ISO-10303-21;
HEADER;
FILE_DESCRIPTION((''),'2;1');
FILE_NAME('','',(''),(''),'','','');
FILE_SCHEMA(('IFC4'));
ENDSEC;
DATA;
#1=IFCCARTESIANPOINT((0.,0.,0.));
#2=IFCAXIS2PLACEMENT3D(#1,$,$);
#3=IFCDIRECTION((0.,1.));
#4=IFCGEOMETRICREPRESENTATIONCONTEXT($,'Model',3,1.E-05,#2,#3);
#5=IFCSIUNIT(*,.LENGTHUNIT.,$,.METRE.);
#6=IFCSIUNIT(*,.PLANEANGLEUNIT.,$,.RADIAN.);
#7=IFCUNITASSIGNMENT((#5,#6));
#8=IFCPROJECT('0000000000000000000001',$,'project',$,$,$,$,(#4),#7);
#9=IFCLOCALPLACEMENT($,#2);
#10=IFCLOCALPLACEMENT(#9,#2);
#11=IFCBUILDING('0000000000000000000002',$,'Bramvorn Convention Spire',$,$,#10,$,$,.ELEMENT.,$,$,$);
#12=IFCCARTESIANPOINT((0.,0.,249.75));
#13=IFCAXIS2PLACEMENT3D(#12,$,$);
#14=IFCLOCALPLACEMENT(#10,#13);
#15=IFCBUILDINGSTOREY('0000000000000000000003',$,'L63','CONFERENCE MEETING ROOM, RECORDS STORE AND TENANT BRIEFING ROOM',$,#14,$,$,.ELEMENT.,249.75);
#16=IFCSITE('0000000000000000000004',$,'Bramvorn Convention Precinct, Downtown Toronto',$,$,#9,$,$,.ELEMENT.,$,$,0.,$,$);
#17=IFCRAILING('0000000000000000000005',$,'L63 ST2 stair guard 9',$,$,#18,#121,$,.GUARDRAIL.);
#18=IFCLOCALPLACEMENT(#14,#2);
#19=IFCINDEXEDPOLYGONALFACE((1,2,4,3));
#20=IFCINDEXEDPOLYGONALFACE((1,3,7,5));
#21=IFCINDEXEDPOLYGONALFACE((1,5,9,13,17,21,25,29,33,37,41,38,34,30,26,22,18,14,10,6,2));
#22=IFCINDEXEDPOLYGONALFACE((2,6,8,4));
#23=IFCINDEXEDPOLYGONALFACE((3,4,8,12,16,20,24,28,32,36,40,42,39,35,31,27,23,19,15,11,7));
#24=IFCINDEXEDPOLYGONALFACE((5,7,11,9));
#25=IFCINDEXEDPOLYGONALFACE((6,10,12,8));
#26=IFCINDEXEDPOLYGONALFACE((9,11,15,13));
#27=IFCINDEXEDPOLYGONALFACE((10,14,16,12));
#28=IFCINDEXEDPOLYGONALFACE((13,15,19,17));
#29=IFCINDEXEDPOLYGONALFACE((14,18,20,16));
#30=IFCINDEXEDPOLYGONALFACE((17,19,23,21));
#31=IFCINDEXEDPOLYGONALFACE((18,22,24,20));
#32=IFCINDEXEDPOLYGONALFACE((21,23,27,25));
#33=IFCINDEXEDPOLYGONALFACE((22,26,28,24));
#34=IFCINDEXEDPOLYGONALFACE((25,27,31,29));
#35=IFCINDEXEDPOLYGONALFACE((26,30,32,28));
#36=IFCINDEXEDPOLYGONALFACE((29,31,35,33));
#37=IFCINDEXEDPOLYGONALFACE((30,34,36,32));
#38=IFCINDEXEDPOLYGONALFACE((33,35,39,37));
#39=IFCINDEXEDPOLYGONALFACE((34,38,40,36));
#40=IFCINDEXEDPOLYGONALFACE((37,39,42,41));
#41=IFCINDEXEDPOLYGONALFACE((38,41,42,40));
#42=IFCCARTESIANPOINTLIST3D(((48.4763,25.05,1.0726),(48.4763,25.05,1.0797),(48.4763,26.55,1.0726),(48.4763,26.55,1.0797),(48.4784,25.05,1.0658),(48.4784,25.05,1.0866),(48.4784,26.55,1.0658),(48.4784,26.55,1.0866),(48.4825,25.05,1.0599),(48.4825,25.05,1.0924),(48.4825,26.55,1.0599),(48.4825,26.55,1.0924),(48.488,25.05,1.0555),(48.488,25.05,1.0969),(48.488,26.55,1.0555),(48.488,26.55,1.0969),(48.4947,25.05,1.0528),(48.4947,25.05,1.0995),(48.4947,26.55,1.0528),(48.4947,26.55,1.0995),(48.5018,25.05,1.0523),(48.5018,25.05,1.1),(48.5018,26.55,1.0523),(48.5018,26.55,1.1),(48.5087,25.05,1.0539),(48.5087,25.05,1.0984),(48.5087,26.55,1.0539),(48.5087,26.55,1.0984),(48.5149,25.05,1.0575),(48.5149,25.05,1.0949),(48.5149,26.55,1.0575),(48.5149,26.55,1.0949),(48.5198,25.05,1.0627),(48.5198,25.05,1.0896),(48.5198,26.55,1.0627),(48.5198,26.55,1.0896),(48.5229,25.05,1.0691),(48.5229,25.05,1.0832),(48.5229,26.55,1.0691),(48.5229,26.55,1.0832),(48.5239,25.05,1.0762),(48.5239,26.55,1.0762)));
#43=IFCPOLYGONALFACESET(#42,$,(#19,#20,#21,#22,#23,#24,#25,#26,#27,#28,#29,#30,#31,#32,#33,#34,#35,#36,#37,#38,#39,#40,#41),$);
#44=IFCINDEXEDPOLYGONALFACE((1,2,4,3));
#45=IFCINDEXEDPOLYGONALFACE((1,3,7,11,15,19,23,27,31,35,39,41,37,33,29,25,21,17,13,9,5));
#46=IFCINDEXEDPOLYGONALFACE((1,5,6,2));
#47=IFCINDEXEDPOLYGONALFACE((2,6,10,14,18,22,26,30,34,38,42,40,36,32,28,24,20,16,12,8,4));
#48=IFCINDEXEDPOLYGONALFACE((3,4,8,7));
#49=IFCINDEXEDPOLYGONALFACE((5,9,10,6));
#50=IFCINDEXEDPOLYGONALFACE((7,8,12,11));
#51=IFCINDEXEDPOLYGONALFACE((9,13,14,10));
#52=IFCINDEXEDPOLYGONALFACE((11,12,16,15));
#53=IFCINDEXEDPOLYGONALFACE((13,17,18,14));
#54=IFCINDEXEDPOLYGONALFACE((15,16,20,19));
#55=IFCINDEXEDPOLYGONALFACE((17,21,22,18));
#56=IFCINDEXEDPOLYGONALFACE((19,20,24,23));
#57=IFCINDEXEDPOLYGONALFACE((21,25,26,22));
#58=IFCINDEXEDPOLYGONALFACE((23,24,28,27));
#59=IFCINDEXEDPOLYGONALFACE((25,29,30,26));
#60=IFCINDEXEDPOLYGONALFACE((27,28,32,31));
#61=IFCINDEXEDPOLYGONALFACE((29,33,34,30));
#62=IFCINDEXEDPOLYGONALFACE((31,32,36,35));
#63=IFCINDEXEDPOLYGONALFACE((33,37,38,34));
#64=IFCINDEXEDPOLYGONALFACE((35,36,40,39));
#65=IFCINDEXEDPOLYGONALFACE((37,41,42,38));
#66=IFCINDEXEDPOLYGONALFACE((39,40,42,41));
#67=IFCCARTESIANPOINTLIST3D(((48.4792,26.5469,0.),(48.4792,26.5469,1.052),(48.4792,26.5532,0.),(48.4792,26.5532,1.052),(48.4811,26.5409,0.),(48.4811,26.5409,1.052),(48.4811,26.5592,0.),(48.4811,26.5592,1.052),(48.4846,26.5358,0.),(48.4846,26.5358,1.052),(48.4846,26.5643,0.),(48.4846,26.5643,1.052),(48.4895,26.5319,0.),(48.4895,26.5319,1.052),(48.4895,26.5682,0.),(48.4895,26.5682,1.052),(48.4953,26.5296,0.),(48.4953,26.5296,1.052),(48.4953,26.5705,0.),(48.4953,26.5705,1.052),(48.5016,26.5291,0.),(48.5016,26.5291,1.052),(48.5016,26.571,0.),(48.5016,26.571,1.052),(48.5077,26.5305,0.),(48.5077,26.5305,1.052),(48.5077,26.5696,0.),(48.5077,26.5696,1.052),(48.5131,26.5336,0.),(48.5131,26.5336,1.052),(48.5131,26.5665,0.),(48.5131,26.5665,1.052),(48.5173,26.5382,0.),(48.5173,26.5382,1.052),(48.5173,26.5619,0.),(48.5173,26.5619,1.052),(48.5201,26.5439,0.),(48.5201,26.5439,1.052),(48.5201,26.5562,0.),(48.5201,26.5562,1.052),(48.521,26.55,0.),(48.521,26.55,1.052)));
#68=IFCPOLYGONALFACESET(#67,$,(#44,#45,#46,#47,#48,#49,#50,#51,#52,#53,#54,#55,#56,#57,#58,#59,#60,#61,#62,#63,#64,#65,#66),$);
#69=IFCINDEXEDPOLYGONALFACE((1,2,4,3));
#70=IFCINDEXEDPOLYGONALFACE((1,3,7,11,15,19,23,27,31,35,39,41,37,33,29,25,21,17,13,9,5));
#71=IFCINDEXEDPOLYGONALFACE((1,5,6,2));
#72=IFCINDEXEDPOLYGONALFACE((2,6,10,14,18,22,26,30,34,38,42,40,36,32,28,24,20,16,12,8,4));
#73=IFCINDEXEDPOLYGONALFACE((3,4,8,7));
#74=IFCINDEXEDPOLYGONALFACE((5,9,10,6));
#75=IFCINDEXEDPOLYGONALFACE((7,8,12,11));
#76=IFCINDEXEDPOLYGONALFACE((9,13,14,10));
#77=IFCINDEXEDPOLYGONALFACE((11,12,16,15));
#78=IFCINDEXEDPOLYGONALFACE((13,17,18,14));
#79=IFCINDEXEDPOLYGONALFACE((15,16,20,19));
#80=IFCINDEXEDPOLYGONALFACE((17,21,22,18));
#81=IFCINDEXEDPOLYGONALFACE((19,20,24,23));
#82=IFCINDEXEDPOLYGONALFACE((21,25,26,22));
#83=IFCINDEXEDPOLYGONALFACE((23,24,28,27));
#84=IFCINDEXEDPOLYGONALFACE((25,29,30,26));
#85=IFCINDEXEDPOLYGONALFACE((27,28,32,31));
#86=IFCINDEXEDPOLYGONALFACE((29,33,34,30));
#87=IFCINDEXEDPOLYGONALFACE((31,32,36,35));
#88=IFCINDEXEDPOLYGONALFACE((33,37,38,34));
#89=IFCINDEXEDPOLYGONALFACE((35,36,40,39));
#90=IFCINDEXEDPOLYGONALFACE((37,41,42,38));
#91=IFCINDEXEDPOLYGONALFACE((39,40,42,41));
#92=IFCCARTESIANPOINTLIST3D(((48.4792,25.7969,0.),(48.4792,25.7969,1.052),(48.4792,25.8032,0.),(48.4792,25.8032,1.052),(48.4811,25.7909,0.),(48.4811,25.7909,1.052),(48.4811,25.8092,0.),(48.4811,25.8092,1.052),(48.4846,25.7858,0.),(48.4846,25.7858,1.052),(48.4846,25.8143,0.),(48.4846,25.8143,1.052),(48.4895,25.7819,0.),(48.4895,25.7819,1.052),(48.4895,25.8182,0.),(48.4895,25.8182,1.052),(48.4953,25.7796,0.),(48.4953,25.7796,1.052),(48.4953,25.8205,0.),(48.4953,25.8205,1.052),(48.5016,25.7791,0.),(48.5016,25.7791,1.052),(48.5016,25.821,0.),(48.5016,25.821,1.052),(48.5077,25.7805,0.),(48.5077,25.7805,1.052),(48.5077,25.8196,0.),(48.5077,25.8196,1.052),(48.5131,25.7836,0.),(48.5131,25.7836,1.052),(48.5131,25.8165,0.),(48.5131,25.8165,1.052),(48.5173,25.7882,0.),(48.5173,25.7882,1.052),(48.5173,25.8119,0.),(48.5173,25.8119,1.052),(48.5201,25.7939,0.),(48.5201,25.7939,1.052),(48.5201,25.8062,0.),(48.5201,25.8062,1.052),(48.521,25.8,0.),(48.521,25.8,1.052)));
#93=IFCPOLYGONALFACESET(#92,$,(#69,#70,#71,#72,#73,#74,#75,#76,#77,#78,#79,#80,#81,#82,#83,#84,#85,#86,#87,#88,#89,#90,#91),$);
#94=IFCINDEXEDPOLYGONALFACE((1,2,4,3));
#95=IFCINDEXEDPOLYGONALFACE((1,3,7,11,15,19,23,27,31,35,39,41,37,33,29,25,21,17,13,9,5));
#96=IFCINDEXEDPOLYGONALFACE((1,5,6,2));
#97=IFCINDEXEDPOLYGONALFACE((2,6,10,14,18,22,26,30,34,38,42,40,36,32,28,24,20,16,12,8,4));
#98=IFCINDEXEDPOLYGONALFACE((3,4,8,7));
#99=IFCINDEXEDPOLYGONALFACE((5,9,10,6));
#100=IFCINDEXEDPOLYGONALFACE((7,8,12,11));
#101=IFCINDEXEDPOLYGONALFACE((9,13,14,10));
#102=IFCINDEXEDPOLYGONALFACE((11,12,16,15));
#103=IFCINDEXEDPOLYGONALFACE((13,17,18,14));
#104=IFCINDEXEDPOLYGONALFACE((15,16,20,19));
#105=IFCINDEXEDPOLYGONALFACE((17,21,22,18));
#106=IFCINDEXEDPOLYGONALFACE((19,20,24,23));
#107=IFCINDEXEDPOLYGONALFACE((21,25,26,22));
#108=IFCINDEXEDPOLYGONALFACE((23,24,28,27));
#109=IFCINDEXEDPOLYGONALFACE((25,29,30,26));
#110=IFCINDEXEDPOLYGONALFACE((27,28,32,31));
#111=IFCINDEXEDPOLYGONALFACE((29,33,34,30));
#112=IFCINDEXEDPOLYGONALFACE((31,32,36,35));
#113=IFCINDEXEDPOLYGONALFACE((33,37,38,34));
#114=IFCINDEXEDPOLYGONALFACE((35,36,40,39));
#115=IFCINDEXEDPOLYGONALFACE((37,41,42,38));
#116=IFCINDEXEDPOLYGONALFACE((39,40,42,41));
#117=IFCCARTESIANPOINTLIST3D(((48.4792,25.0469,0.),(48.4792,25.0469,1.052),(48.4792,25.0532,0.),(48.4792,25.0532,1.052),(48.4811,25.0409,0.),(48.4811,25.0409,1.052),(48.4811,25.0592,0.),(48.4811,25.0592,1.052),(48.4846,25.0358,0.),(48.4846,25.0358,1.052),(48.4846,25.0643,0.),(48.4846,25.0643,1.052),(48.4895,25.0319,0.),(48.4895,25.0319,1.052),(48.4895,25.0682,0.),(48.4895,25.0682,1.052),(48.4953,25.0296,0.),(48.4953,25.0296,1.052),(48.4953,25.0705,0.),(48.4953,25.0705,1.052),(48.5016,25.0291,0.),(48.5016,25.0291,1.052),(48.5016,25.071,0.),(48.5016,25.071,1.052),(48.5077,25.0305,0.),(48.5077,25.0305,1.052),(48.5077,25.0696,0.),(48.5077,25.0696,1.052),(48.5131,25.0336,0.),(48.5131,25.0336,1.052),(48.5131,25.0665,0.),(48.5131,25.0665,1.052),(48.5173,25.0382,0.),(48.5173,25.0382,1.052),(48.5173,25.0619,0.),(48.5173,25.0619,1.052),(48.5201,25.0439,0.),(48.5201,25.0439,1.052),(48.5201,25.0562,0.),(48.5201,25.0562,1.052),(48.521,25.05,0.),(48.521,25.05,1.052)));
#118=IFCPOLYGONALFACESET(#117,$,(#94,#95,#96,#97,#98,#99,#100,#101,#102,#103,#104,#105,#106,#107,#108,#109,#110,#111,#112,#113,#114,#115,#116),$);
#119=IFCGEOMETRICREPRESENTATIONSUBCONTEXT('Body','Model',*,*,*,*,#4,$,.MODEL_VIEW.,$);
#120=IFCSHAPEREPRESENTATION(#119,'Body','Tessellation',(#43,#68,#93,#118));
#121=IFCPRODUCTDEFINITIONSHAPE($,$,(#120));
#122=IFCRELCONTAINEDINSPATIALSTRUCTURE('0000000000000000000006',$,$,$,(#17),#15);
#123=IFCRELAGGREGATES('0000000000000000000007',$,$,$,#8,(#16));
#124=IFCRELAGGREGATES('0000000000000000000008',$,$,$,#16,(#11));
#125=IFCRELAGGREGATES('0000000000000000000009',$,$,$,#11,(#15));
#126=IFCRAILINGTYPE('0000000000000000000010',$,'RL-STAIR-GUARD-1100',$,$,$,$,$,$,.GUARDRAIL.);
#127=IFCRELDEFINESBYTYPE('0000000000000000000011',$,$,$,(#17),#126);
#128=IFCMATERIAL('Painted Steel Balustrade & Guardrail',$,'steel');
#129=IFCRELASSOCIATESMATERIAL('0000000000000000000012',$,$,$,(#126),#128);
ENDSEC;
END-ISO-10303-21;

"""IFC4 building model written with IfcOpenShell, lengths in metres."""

from ifc_helpers import new_model, si_unit, direction, frame, origin, origin_2d, place, context, subcontext, project, spatial, circle, extrude, material, type_object, element, save


model = new_model("IFC4")

# Units and contexts
model_context = context("Model", 3, precision=1e-05, world=origin(), true_north=direction((0.0, 1.0)))
body_context = subcontext(model_context, "Body", "Model", "MODEL_VIEW")
ifc_project = project(units=[si_unit("LENGTHUNIT", "METRE"), si_unit("PLANEANGLEUNIT", "RADIAN")], contexts=[model_context])

# Site, building, storey
site_placement = place(None, origin())
site = spatial("IfcSite", under=ifc_project, at=site_placement, Name="Bramvorn Convention Precinct, Downtown Toronto", CompositionType="ELEMENT", RefElevation=0.0)
building_placement = place(site_placement, origin())
building = spatial("IfcBuilding", under=site, at=building_placement, Name="Bramvorn Convention Spire", CompositionType="ELEMENT")
storey_placement = place(building_placement, frame((0.0, 0.0, 249.75)))
storey = spatial("IfcBuildingStorey", under=building, at=storey_placement, Name="L63", Description="CONFERENCE MEETING ROOM, RECORDS STORE AND TENANT BRIEFING ROOM", CompositionType="ELEMENT", Elevation=249.75)

# Railing
ifc_material_1 = material(Name="Painted Steel Balustrade & Guardrail", Category="steel")
railing_type_1 = type_object("IfcRailingType", Name="RL-STAIR-GUARD-1100", PredefinedType="GUARDRAIL", material=ifc_material_1)
railing_1_placement = place(storey_placement, frame((48.5, 26.55, 0.0)))
element("IfcRailing", 1, at=railing_1_placement, inside=storey, type_object=railing_type_1, Name="L63 ST2 stair guard 9", PredefinedType="GUARDRAIL", context=body_context, shape_type="SweptSolid", body=[
    extrude(circle(Radius=0.0239, at=origin_2d()), frame((0.0, 0.0, 1.0762), z_axis=(0.0, -1.0, 0.0), x_axis=(1.0, 0.0, 0.0)), (0.0, 0.0, 1.0), 1.5),
    extrude(circle(Radius=0.021, at=origin_2d()), origin(), (0.0, 0.0, 1.0), 1.052),
    extrude(circle(Radius=0.021, at=origin_2d()), frame((0.0, -0.75, 0.0)), (0.0, 0.0, 1.0), 1.052),
    extrude(circle(Radius=0.021, at=origin_2d()), frame((0.0, -1.5, 0.0)), (0.0, 0.0, 1.0), 1.052),
])

save(model, "model.ifc")
